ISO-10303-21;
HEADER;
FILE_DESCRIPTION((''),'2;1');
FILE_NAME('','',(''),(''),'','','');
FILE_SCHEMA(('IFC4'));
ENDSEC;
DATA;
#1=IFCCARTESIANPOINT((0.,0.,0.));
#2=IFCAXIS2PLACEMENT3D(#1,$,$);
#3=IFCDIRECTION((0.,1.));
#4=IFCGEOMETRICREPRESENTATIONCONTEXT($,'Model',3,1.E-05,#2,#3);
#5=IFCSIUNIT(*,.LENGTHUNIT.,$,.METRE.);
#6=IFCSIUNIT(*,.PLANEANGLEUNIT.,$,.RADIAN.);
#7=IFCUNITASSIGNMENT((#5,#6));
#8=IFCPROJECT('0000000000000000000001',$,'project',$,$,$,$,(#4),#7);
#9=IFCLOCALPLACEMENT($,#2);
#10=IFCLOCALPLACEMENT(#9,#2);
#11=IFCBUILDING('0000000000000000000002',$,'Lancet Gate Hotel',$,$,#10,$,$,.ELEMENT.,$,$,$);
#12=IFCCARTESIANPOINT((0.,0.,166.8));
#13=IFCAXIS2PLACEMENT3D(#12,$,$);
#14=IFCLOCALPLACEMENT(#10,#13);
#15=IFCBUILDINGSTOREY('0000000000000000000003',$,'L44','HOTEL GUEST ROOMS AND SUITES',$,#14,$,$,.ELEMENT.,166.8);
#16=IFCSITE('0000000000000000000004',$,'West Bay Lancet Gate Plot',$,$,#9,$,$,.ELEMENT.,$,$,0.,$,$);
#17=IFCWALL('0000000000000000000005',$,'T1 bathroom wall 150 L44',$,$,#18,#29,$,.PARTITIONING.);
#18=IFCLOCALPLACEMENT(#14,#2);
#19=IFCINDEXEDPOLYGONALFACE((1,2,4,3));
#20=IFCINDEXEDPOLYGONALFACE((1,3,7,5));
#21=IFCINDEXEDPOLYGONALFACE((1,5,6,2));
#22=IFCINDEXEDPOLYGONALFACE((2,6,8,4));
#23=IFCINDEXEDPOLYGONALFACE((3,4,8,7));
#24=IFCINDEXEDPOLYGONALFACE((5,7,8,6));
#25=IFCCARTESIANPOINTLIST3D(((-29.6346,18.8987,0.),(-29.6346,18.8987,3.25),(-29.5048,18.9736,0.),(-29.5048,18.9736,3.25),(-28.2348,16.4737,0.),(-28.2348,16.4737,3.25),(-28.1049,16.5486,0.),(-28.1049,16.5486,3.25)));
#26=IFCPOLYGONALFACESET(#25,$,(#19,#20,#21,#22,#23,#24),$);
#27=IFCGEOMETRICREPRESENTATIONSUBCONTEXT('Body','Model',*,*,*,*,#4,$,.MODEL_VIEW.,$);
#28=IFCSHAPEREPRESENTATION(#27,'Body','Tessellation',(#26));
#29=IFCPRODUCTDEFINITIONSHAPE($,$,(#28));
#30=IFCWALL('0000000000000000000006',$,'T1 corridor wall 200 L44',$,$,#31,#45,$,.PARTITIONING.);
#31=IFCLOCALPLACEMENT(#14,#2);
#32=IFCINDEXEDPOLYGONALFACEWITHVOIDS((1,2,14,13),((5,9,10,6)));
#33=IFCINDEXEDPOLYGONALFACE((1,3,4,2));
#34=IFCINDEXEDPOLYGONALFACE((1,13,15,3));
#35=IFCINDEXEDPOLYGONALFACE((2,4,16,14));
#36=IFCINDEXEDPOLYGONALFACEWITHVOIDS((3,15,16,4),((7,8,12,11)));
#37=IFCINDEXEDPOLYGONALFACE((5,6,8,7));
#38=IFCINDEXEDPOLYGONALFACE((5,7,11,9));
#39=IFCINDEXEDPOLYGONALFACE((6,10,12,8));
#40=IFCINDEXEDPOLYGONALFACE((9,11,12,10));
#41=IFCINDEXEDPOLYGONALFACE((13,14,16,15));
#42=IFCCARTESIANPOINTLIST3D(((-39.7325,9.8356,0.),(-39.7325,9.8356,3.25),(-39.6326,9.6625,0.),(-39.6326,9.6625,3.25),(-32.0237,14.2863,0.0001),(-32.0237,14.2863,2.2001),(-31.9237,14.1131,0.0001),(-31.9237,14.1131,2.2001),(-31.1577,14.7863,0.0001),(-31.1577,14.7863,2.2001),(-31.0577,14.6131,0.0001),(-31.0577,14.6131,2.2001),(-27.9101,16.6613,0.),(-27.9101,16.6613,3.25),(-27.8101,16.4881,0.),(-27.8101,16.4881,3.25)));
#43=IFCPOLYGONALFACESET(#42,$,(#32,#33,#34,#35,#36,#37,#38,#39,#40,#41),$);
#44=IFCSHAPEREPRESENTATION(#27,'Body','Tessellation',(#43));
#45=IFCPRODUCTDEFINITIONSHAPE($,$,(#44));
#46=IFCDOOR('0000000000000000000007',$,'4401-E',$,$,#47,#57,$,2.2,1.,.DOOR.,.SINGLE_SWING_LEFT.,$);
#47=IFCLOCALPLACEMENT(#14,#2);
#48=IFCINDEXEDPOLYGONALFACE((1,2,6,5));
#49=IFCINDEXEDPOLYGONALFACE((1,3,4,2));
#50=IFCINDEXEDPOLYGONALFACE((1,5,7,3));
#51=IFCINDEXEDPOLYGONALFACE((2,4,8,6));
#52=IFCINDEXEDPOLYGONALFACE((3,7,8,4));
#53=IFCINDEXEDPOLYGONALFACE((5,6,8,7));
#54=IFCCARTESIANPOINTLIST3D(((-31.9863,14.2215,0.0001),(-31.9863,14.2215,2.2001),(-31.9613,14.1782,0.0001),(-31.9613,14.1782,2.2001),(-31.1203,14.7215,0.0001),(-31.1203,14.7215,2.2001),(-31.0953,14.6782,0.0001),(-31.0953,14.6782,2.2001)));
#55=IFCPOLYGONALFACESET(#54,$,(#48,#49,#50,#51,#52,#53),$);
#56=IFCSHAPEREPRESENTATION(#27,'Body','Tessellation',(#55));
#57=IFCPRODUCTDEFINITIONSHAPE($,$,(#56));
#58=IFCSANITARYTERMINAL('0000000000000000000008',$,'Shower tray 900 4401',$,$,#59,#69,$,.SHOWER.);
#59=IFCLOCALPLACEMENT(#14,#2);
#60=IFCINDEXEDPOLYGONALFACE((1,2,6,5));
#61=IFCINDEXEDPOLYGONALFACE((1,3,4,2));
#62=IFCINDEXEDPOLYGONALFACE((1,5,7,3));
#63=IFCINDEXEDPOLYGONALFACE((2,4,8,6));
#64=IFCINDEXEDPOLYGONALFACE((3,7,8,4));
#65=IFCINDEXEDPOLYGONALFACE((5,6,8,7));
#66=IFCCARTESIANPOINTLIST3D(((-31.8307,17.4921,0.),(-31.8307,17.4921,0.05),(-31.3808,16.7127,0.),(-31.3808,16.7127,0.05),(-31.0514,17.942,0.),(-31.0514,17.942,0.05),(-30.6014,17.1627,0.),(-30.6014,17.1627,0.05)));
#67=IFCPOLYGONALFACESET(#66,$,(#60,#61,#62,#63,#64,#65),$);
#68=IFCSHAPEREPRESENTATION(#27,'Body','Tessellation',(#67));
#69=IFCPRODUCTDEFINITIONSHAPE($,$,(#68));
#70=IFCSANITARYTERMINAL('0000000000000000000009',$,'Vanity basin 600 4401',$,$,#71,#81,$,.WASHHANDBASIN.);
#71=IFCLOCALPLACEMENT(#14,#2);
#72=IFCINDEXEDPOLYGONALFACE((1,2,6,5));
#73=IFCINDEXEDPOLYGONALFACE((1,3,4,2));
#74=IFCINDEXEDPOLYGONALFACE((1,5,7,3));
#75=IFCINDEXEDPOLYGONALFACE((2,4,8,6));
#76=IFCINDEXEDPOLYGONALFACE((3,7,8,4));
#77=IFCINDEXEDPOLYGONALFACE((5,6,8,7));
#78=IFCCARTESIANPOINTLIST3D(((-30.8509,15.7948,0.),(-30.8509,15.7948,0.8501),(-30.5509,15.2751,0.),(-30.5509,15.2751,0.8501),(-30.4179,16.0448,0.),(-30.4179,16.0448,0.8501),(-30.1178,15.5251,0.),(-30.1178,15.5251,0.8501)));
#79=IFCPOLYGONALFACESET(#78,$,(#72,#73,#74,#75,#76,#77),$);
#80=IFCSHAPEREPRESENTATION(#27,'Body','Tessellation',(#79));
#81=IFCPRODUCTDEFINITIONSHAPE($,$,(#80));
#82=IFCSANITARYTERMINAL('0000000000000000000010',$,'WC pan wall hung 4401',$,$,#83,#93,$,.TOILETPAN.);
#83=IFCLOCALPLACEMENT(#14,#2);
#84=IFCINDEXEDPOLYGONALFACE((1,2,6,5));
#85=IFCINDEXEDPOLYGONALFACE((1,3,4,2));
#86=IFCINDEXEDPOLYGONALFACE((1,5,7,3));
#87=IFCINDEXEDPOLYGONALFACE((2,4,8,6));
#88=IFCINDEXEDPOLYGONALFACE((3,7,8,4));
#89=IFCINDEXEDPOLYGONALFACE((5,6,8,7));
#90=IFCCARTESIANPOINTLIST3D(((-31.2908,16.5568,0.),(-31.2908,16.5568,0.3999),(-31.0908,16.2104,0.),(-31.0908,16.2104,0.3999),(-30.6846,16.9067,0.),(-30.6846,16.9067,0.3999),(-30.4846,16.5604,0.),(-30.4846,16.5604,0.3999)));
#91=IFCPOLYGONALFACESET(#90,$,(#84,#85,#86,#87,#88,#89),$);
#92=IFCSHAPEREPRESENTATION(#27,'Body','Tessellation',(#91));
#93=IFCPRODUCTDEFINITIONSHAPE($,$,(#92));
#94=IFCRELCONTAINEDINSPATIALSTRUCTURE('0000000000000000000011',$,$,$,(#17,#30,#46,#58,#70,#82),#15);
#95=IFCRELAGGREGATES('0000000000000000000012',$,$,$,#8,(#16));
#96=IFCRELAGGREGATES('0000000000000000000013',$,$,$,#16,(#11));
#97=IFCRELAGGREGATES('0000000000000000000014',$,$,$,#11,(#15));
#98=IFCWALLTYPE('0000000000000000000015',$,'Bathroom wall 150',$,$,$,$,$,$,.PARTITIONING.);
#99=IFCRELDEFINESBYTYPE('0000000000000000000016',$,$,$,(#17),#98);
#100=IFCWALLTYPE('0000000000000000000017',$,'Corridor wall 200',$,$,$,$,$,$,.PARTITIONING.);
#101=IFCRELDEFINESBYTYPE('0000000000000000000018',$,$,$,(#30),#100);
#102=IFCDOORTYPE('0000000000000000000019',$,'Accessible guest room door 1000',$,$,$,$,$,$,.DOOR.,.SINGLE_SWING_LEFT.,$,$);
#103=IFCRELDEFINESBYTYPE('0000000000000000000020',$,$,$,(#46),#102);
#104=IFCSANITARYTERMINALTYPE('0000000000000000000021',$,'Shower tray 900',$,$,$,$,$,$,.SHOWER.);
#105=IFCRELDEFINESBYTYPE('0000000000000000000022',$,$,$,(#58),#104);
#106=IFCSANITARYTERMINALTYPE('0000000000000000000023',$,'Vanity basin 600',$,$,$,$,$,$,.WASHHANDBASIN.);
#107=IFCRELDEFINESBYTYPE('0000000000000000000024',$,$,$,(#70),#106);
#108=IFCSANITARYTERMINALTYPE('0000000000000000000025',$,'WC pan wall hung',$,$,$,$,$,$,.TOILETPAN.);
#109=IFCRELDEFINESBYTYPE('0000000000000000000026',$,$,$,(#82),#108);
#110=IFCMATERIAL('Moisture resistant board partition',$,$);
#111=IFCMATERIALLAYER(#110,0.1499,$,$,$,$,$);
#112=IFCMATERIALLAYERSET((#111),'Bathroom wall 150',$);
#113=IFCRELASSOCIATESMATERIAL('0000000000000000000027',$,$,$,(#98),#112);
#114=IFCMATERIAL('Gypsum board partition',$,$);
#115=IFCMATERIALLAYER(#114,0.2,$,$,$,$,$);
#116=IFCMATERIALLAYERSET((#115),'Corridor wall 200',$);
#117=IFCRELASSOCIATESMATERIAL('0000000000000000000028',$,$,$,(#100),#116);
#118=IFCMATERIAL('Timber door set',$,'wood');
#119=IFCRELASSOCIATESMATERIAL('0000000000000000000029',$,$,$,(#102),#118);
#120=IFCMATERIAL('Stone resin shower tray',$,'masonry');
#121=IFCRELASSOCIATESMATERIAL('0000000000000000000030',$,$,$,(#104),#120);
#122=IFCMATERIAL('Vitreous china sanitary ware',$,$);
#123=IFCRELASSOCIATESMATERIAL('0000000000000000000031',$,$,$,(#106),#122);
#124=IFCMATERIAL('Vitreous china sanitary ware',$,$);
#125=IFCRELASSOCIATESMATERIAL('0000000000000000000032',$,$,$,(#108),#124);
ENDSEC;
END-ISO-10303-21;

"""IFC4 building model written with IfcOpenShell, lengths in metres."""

from ifc_helpers import new_model, si_unit, direction, frame, frame_2d, origin, origin_2d, place, context, subcontext, project, spatial, rectangle, extrude, material, layer, layer_set, type_object, element, fill, save


model = new_model("IFC4")

# Units and contexts
model_context = context("Model", 3, precision=1e-05, world=origin(), true_north=direction((0.0, 1.0)))
body_context = subcontext(model_context, "Body", "Model", "MODEL_VIEW")
ifc_project = project(units=[si_unit("LENGTHUNIT", "METRE"), si_unit("PLANEANGLEUNIT", "RADIAN")], contexts=[model_context])

# Site, building, storey
site_placement = place(None, origin())
site = spatial("IfcSite", under=ifc_project, at=site_placement, Name="West Bay Lancet Gate Plot", CompositionType="ELEMENT", RefElevation=0.0)
building_placement = place(site_placement, origin())
building = spatial("IfcBuilding", under=site, at=building_placement, Name="Lancet Gate Hotel", CompositionType="ELEMENT")
storey_placement = place(building_placement, frame((0.0, 0.0, 166.8)))
storey = spatial("IfcBuildingStorey", under=building, at=storey_placement, Name="L44", Description="HOTEL GUEST ROOMS AND SUITES", CompositionType="ELEMENT", Elevation=166.8)

# Wall
ifc_material_1 = material(Name="Moisture resistant board partition")
ifc_layer_1 = layer(ifc_material_1, 0.1499)
ifc_layer_set_1 = layer_set([ifc_layer_1], Name="Bathroom wall 150")
wall_type_1 = type_object("IfcWallType", Name="Bathroom wall 150", PredefinedType="PARTITIONING", material=ifc_layer_set_1)
wall_1_placement = place(storey_placement, frame((-28.1699, 16.5112, 0.0), z_axis=(0.0, 0.0, 1.0), x_axis=(-0.499946, 0.866056, 0.0)))
element("IfcWall", 1, at=wall_1_placement, inside=storey, type_object=wall_type_1, Name="T1 bathroom wall 150 L44", PredefinedType="PARTITIONING", context=body_context, shape_type="SweptSolid", body=[
    extrude(rectangle(XDim=2.8, YDim=0.1499, at=frame_2d((1.3999, 0.0))), origin(), (0.0, 0.0, 1.0), 3.25),
])

# Wall, opening, door
ifc_material_2 = material(Name="Gypsum board partition")
ifc_layer_2 = layer(ifc_material_2, 0.2)
ifc_layer_set_2 = layer_set([ifc_layer_2], Name="Corridor wall 200")
wall_type_2 = type_object("IfcWallType", Name="Corridor wall 200", PredefinedType="PARTITIONING", material=ifc_layer_set_2)
wall_2_placement = place(storey_placement, frame((-27.8601, 16.5747, 0.0), z_axis=(0.0, 0.0, 1.0), x_axis=(-0.866027, -0.499997, 0.0)))
wall_2 = element("IfcWall", 2, at=wall_2_placement, inside=storey, type_object=wall_type_2, Name="T1 corridor wall 200 L44", PredefinedType="PARTITIONING", context=body_context, shape_type="SweptSolid", body=[
    extrude(rectangle(XDim=13.6514, YDim=0.2, at=frame_2d((6.8257, 0.0))), origin(), (0.0, 0.0, 1.0), 3.25),
])
opening_placement = place(wall_2_placement, frame((3.75, 0.0, 0.0)))
opening = element("IfcOpeningElement", 3, at=opening_placement, cuts=wall_2, PredefinedType="OPENING", context=body_context, shape_type="SweptSolid", body=[
    extrude(rectangle(XDim=1.0, YDim=2.2, at=frame_2d((0.5, 1.1001))), frame((0.0, 0.1099, 0.0), z_axis=(0.0, -1.0, 0.0), x_axis=(1.0, 0.0, 0.0)), (0.0, 0.0, 1.0), 0.22),
])
ifc_material_3 = material(Name="Timber door set", Category="wood")
door_type = type_object("IfcDoorType", Name="Accessible guest room door 1000", OperationType="SINGLE_SWING_LEFT", PredefinedType="DOOR", material=ifc_material_3)
door_placement = place(opening_placement, origin())
door = element("IfcDoor", 4, at=door_placement, inside=storey, type_object=door_type, Name="4401-E", OperationType="SINGLE_SWING_LEFT", OverallHeight=2.2, OverallWidth=1.0, PredefinedType="DOOR", context=body_context, shape_type="SweptSolid", body=[
    extrude(rectangle(XDim=1.0, YDim=2.2, at=frame_2d((0.5, 1.1001))), frame((0.0, 0.0249, 0.0), z_axis=(0.0, -1.0, 0.0), x_axis=(1.0, 0.0, 0.0)), (0.0, 0.0, 1.0), 0.05),
])
fill(opening, door)

# Sanitary terminals
ifc_material_4 = material(Name="Stone resin shower tray", Category="masonry")
sanitary_terminal_type_1 = type_object("IfcSanitaryTerminalType", Name="Shower tray 900", PredefinedType="SHOWER", material=ifc_material_4)
sanitary_terminal_1_placement = place(storey_placement, frame((-31.2161, 17.3274, 0.0), z_axis=(0.0, 0.0, 1.0), x_axis=(-0.5, 0.866025, 0.0)))
element("IfcSanitaryTerminal", 5, at=sanitary_terminal_1_placement, inside=storey, type_object=sanitary_terminal_type_1, Name="Shower tray 900 4401", PredefinedType="SHOWER", context=body_context, shape_type="SweptSolid", body=[
    extrude(rectangle(XDim=0.8999, YDim=0.8999, at=origin_2d()), origin(), (0.0, 0.0, 1.0), 0.05),
])
ifc_material_5 = material(Name="Vitreous china sanitary ware")
sanitary_terminal_type_2 = type_object("IfcSanitaryTerminalType", Name="Vanity basin 600", PredefinedType="WASHHANDBASIN", material=ifc_material_5)
sanitary_terminal_2_placement = place(storey_placement, frame((-30.4844, 15.6599, 0.0), z_axis=(0.0, 0.0, 1.0), x_axis=(-0.5, 0.866025, 0.0)))
element("IfcSanitaryTerminal", 6, at=sanitary_terminal_2_placement, inside=storey, type_object=sanitary_terminal_type_2, Name="Vanity basin 600 4401", PredefinedType="WASHHANDBASIN", context=body_context, shape_type="SweptSolid", body=[
    extrude(rectangle(XDim=0.6001, YDim=0.5, at=origin_2d()), origin(), (0.0, 0.0, 1.0), 0.8501),
])
ifc_material_6 = material(Name="Vitreous china sanitary ware")
sanitary_terminal_type_3 = type_object("IfcSanitaryTerminalType", Name="WC pan wall hung", PredefinedType="TOILETPAN", material=ifc_material_6)
sanitary_terminal_3_placement = place(storey_placement, frame((-30.8877, 16.5586, 0.0), z_axis=(0.0, 0.0, 1.0), x_axis=(-0.5, 0.866025, 0.0)))
element("IfcSanitaryTerminal", 7, at=sanitary_terminal_3_placement, inside=storey, type_object=sanitary_terminal_type_3, Name="WC pan wall hung 4401", PredefinedType="TOILETPAN", context=body_context, shape_type="SweptSolid", body=[
    extrude(rectangle(XDim=0.3999, YDim=0.7, at=origin_2d()), origin(), (0.0, 0.0, 1.0), 0.3999),
])

save(model, "model.ifc")
